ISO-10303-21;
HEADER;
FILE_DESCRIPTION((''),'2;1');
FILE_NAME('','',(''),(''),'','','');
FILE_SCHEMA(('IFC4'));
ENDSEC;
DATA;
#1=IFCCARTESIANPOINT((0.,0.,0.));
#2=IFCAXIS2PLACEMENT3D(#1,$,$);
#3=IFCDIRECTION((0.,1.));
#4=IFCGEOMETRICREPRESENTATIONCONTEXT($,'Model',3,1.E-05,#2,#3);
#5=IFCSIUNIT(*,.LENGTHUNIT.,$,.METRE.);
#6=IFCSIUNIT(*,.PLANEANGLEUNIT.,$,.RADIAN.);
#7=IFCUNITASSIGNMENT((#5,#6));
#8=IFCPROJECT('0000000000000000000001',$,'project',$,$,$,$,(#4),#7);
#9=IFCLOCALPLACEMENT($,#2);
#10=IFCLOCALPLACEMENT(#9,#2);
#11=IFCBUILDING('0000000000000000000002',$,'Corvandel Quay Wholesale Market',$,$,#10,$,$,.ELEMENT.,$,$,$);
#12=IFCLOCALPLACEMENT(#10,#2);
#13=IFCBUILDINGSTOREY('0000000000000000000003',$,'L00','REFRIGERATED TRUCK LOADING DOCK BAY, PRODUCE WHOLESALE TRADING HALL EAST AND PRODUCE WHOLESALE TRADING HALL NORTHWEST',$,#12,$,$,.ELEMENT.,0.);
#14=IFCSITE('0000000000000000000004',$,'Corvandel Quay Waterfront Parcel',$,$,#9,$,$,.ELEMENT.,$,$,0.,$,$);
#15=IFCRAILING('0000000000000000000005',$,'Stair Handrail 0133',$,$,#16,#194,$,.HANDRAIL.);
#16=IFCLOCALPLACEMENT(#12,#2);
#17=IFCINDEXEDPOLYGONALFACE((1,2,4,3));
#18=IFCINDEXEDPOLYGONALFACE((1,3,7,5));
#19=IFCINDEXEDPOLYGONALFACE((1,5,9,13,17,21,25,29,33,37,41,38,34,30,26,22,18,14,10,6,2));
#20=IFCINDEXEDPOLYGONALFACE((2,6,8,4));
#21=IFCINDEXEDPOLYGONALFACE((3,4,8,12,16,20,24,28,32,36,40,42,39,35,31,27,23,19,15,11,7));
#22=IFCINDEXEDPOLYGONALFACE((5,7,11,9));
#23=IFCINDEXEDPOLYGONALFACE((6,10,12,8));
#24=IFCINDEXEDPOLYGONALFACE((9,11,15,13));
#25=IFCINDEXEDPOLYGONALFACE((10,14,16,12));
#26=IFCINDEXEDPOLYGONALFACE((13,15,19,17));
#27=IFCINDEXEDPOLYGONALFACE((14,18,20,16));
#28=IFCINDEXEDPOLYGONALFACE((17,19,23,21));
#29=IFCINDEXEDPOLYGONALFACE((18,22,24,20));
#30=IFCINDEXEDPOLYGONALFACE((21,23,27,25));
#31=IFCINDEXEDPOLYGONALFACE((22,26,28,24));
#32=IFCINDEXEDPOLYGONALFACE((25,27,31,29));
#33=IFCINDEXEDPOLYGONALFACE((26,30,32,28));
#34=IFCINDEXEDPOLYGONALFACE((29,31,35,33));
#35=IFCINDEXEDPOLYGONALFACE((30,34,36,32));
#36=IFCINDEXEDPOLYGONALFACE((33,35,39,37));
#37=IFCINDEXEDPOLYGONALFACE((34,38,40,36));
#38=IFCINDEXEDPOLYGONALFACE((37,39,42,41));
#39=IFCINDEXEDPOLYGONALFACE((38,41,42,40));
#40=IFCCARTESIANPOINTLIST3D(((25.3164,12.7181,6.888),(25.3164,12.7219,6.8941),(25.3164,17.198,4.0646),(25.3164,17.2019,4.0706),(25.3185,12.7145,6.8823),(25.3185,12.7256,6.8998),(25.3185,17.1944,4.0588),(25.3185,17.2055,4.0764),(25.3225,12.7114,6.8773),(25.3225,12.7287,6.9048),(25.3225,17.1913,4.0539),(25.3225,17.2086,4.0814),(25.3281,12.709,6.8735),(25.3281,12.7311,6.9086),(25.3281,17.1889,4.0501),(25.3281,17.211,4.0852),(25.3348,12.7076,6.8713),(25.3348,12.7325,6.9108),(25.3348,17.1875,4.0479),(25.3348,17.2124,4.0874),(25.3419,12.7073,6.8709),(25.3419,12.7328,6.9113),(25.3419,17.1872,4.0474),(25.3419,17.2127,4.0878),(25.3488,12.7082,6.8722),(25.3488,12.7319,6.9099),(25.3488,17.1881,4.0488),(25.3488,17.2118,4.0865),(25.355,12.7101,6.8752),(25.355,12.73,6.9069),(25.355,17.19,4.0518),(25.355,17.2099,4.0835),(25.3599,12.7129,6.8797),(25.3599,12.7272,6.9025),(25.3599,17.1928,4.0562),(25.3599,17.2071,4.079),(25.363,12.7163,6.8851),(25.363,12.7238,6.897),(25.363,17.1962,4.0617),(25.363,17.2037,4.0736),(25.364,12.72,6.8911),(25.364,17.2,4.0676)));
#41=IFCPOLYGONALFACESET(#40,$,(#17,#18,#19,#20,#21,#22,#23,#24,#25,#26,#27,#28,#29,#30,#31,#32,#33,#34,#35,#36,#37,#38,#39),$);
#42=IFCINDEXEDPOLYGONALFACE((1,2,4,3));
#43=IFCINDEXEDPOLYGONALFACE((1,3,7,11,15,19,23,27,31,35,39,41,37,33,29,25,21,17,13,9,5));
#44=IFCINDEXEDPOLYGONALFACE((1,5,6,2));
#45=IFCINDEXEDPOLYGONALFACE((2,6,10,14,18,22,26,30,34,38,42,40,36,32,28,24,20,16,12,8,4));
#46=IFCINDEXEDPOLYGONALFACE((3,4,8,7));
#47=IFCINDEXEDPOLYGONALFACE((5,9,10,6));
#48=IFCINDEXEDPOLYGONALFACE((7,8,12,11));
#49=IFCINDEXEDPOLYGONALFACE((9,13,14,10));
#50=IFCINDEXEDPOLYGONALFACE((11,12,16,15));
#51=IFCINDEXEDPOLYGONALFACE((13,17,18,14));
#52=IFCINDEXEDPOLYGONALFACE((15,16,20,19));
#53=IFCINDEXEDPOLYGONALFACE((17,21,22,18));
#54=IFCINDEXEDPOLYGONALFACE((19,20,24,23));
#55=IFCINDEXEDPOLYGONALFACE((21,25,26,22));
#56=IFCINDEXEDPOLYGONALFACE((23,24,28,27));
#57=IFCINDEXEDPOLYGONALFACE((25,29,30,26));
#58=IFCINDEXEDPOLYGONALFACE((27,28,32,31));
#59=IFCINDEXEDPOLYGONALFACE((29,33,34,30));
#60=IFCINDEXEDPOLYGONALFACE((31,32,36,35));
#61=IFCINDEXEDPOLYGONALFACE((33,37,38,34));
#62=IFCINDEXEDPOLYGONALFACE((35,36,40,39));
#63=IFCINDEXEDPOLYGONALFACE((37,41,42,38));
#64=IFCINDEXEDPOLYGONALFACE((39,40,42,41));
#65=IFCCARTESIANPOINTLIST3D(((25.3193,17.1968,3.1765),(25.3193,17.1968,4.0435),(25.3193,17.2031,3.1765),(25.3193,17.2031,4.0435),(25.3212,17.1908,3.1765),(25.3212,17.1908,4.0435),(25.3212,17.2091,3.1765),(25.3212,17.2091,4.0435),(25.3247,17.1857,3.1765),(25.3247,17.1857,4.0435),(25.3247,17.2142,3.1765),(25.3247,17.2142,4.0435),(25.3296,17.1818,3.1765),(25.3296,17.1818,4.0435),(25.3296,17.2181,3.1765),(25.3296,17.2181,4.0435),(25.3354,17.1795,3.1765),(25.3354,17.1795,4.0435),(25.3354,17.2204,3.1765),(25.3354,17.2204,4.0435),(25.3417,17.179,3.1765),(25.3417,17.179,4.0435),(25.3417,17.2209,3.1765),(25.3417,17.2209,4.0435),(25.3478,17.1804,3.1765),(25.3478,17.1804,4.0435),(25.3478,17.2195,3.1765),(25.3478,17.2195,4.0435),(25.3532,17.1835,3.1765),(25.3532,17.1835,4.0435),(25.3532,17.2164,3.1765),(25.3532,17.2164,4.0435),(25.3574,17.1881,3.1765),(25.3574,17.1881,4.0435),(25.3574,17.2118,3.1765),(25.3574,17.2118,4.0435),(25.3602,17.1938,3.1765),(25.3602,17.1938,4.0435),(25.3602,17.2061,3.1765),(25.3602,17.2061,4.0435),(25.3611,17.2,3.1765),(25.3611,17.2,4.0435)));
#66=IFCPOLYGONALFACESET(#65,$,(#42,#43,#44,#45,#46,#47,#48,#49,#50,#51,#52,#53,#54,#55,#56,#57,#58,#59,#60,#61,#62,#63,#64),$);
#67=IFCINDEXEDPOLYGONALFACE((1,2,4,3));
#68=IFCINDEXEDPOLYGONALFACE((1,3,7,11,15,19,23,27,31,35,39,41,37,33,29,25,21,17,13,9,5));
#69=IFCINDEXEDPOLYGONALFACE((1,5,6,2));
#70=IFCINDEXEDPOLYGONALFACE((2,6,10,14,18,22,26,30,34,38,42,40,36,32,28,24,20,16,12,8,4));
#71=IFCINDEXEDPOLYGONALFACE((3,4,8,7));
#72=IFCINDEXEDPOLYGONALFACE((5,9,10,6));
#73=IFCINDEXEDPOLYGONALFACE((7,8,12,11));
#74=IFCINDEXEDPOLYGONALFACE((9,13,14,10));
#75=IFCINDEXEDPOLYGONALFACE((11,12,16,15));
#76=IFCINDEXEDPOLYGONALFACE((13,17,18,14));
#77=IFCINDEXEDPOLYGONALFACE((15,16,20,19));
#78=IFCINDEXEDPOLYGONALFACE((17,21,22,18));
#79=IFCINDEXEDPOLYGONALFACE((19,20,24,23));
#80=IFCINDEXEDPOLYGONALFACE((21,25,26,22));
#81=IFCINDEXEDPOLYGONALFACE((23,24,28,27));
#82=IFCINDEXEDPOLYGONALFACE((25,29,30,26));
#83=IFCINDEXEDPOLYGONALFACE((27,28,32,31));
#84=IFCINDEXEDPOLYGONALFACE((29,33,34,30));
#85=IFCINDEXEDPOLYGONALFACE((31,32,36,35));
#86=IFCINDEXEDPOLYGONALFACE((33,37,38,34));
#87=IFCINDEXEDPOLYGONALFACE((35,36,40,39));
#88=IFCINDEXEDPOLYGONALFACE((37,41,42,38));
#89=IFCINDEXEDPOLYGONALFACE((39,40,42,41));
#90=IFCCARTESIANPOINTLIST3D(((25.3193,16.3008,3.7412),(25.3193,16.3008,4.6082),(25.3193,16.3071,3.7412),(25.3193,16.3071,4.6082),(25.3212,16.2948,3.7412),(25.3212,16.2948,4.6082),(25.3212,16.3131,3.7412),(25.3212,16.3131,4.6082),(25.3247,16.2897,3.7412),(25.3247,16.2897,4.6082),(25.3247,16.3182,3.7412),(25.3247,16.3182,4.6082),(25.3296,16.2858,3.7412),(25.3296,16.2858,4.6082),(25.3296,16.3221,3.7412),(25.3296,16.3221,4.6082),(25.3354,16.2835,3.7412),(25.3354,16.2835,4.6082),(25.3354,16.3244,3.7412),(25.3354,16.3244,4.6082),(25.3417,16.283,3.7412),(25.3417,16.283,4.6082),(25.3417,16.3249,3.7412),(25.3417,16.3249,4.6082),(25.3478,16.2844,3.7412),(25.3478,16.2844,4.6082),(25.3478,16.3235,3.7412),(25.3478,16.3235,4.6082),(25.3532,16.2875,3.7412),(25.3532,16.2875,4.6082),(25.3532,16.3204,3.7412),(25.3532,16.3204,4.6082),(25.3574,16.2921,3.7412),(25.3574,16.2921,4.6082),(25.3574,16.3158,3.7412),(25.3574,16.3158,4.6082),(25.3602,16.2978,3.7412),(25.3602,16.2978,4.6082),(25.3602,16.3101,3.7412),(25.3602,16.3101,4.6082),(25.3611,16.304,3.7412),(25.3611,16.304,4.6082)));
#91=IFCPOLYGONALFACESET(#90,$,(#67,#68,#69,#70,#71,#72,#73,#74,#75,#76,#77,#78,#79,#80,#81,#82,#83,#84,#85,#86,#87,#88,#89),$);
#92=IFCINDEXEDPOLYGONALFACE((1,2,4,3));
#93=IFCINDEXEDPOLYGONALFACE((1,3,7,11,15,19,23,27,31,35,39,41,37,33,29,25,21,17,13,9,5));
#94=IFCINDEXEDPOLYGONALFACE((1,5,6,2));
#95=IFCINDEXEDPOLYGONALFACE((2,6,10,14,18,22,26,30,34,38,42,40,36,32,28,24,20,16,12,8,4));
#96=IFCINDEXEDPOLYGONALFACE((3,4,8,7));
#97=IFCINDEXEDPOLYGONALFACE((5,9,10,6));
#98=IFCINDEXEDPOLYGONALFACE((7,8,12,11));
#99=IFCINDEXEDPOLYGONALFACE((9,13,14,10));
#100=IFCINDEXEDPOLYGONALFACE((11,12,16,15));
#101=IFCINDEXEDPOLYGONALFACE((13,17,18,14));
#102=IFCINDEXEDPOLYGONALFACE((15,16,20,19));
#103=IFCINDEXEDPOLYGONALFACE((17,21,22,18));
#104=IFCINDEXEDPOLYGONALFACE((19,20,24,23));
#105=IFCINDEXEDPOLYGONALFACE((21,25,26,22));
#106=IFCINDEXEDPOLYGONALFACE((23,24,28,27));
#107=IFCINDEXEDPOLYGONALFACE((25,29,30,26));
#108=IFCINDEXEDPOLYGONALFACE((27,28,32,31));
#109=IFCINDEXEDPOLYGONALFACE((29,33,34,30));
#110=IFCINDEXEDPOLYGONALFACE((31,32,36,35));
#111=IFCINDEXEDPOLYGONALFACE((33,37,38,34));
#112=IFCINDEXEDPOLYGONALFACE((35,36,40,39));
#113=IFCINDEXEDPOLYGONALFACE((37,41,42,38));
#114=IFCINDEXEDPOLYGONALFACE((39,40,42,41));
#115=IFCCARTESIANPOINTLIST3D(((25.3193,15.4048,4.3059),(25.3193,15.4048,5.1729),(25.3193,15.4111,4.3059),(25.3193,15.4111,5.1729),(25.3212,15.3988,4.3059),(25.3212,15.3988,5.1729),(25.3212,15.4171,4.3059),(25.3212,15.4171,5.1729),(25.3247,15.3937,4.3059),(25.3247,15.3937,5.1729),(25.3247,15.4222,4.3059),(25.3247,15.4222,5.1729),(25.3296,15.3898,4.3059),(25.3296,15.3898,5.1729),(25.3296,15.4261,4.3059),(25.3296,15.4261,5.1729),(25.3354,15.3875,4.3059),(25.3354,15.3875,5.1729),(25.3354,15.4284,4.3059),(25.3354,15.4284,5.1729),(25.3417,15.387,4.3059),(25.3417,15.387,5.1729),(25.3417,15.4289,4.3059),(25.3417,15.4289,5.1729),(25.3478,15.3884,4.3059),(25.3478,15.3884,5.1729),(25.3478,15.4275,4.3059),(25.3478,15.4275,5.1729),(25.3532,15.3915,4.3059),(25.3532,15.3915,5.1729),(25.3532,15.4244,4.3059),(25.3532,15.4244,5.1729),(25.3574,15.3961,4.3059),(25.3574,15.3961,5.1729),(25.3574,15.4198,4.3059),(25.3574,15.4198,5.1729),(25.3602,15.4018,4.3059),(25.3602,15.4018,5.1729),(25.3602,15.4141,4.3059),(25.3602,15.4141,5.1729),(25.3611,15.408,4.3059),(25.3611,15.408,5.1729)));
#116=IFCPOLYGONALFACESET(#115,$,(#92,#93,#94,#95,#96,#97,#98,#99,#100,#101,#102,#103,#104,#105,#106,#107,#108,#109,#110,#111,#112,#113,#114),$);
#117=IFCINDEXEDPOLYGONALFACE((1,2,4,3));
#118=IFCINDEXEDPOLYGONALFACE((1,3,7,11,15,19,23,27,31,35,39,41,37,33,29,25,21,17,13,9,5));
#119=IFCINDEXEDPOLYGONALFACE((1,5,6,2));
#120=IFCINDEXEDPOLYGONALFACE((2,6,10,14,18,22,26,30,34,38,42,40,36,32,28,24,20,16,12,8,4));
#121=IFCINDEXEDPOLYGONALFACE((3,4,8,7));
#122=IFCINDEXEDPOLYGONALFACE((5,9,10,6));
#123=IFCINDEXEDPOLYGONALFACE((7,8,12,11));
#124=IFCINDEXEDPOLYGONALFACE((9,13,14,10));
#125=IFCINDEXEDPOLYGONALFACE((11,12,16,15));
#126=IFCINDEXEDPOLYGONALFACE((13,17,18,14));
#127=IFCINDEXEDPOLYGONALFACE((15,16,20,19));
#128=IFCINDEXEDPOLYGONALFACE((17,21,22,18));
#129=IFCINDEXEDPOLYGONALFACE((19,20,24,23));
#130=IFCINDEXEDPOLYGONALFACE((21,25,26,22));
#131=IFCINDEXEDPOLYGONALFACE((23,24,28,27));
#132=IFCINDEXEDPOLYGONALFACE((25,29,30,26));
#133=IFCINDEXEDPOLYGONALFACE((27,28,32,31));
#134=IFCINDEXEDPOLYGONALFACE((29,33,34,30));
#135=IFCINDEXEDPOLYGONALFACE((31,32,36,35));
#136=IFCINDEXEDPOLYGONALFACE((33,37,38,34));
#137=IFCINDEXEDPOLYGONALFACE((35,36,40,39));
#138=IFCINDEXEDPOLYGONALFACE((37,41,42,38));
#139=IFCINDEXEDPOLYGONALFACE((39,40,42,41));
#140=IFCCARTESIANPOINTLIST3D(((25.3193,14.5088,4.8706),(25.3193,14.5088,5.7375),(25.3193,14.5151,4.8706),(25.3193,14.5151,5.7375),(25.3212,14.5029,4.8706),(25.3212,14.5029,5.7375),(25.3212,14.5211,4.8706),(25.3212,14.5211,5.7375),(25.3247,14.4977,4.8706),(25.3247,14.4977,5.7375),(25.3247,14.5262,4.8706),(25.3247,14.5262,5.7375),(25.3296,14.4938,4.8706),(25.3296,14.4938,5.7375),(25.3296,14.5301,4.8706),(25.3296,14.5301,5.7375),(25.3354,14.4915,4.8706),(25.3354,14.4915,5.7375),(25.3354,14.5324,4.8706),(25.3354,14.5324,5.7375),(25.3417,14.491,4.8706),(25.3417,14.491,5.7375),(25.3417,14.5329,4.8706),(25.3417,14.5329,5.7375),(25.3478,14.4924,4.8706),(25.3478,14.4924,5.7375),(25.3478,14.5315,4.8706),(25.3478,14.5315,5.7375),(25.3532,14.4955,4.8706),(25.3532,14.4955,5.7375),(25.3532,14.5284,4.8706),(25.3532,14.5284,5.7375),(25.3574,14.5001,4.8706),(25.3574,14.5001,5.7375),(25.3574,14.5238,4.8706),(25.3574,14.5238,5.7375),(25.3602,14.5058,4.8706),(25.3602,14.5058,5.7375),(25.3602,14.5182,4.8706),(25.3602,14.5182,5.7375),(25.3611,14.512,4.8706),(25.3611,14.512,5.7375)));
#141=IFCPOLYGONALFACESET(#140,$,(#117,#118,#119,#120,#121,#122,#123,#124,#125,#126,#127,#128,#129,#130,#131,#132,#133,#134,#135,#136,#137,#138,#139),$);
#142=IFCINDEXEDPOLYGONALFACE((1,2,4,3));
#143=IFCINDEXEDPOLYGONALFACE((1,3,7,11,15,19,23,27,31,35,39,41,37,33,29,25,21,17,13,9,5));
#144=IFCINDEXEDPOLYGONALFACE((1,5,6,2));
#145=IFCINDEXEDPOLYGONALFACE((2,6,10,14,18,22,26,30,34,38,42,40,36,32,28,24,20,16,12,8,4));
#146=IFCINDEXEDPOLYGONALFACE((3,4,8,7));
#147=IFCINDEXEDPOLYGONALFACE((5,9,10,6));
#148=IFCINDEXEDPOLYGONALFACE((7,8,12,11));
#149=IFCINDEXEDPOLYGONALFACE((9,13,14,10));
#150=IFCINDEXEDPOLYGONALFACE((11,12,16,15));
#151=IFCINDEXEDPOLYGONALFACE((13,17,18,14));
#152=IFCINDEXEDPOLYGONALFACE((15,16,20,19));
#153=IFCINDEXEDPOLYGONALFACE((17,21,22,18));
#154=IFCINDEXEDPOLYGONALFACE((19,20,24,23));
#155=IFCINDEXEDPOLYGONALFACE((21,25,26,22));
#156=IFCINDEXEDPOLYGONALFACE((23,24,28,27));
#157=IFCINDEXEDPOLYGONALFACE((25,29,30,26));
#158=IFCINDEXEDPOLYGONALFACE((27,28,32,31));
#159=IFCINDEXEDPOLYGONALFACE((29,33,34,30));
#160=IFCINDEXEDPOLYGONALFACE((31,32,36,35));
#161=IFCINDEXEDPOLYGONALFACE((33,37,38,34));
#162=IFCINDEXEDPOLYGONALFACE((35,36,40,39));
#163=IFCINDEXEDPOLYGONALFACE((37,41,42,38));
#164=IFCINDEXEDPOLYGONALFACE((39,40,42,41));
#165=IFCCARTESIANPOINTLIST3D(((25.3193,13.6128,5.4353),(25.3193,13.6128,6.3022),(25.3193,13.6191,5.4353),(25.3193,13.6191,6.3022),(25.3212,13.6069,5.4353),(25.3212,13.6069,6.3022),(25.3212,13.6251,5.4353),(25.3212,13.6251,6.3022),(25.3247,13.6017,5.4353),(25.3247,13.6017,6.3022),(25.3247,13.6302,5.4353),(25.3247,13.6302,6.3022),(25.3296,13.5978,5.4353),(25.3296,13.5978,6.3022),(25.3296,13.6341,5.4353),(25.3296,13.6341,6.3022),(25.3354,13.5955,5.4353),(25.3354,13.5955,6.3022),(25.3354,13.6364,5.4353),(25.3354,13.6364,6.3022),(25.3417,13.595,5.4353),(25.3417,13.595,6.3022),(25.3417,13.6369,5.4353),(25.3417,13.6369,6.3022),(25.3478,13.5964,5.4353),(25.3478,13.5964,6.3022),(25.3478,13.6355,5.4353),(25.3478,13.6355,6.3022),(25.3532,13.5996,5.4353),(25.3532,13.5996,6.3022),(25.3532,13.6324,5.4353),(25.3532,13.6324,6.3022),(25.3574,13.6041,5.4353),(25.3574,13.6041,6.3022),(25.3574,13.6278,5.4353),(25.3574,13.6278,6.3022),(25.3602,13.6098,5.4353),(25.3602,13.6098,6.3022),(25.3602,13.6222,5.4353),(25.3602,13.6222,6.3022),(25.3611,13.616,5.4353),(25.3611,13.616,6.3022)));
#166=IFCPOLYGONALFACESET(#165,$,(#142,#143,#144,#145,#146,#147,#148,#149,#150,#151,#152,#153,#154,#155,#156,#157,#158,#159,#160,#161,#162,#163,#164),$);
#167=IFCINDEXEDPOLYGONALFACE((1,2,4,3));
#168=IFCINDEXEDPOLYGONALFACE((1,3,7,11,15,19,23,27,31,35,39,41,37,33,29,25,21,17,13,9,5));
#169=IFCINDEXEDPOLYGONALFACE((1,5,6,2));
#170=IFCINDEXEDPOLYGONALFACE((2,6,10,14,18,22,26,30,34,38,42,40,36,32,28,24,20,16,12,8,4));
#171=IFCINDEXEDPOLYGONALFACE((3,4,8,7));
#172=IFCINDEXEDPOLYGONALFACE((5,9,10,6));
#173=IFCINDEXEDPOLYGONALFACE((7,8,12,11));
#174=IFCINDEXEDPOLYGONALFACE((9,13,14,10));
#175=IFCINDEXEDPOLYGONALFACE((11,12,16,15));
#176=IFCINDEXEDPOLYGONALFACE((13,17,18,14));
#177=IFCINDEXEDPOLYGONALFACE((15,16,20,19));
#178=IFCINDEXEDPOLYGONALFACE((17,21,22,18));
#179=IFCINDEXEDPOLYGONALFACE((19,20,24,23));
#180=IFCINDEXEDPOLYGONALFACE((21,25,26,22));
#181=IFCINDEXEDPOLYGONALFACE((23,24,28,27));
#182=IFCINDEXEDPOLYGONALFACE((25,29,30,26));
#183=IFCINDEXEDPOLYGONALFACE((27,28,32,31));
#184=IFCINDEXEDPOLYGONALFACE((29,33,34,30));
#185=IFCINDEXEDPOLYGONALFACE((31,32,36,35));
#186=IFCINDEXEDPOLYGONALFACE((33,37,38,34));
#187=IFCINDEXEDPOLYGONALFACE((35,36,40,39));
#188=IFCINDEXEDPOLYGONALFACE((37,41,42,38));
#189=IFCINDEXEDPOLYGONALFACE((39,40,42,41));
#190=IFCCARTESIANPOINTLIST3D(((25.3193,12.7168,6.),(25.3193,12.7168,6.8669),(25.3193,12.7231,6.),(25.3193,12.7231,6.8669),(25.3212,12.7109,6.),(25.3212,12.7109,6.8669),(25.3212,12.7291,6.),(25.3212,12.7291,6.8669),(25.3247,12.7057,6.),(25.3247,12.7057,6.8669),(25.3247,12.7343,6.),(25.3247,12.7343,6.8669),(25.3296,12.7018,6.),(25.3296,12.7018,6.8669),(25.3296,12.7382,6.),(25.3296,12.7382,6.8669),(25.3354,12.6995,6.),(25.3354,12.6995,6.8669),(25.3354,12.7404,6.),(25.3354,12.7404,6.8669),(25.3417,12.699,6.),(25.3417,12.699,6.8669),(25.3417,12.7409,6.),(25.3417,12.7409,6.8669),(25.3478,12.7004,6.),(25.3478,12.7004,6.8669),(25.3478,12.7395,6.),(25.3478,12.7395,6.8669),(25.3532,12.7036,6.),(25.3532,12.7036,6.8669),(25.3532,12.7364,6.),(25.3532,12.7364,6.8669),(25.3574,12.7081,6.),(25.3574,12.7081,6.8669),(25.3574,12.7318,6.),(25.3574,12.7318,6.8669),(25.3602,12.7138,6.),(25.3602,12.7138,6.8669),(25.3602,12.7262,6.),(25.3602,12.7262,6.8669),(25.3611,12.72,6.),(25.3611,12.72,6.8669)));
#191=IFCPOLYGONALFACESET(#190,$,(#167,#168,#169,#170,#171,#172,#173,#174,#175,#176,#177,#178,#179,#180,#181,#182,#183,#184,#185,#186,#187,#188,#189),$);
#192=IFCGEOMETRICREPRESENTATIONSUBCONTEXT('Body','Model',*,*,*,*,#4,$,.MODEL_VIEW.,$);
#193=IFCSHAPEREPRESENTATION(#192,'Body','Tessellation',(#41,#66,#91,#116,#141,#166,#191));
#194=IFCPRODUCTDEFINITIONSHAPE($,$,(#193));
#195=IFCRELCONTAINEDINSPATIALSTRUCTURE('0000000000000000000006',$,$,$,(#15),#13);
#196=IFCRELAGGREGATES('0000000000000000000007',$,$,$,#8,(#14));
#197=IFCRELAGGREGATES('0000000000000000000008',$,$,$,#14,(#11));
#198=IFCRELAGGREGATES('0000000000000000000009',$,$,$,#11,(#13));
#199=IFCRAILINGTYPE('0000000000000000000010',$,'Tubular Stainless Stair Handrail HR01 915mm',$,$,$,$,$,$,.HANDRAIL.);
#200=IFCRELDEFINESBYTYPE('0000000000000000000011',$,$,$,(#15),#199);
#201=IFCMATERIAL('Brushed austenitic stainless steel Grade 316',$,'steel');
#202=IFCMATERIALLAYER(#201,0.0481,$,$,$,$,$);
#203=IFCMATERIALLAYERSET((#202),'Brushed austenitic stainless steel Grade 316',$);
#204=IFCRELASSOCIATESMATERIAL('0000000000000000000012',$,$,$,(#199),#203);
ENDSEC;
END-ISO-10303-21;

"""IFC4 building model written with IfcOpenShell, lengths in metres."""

from ifc_helpers import new_model, si_unit, direction, frame, origin, origin_2d, place, context, subcontext, project, spatial, circle, extrude, material, layer, layer_set, type_object, element, save


model = new_model("IFC4")

# Units and contexts
model_context = context("Model", 3, precision=1e-05, world=origin(), true_north=direction((0.0, 1.0)))
body_context = subcontext(model_context, "Body", "Model", "MODEL_VIEW")
ifc_project = project(units=[si_unit("LENGTHUNIT", "METRE"), si_unit("PLANEANGLEUNIT", "RADIAN")], contexts=[model_context])

# Site, building, storey
site_placement = place(None, origin())
site = spatial("IfcSite", under=ifc_project, at=site_placement, Name="Corvandel Quay Waterfront Parcel", CompositionType="ELEMENT", RefElevation=0.0)
building_placement = place(site_placement, origin())
building = spatial("IfcBuilding", under=site, at=building_placement, Name="Corvandel Quay Wholesale Market", CompositionType="ELEMENT")
storey_placement = place(building_placement, origin())
storey = spatial("IfcBuildingStorey", under=building, at=storey_placement, Name="L00", Description="REFRIGERATED TRUCK LOADING DOCK BAY, PRODUCE WHOLESALE TRADING HALL EAST AND PRODUCE WHOLESALE TRADING HALL NORTHWEST", CompositionType="ELEMENT", Elevation=0.0)

# Railing
ifc_material_1 = material(Name="Brushed austenitic stainless steel Grade 316", Category="steel")
ifc_layer_1 = layer(ifc_material_1, 0.0481)
ifc_layer_set_1 = layer_set([ifc_layer_1], Name="Brushed austenitic stainless steel Grade 316")
railing_type_1 = type_object("IfcRailingType", Name="Tubular Stainless Stair Handrail HR01 915mm", PredefinedType="HANDRAIL", material=ifc_layer_set_1)
for number, where, name in (
    (1, (25.3401, 17.2, 3.1765), "Stair Handrail 0133"),
):
    element("IfcRailing", number, at=place(storey_placement, frame(where)), inside=storey, type_object=railing_type_1, Name=name, PredefinedType="HANDRAIL", context=body_context, shape_type="SweptSolid", body=[
        extrude(circle(Radius=0.0239, at=origin_2d()), frame((0.0, 0.0, 0.8911), z_axis=(0.0, -0.845998, 0.533186), x_axis=(1.0, 0.0, 0.0)), (0.0, 0.0, 1.0), 5.2954),
        extrude(circle(Radius=0.021, at=origin_2d()), origin(), (0.0, 0.0, 1.0), 0.8669),
        extrude(circle(Radius=0.021, at=origin_2d()), frame((0.0, -0.896, 0.5647)), (0.0, 0.0, 1.0), 0.8669),
        extrude(circle(Radius=0.021, at=origin_2d()), frame((0.0, -1.792, 1.1294)), (0.0, 0.0, 1.0), 0.8669),
        extrude(circle(Radius=0.021, at=origin_2d()), frame((0.0, -2.688, 1.6941)), (0.0, 0.0, 1.0), 0.8669),
        extrude(circle(Radius=0.021, at=origin_2d()), frame((0.0, -3.584, 2.2588)), (0.0, 0.0, 1.0), 0.8669),
        extrude(circle(Radius=0.021, at=origin_2d()), frame((0.0, -4.48, 2.8235)), (0.0, 0.0, 1.0), 0.8669),
    ])

save(model, "model.ifc")
